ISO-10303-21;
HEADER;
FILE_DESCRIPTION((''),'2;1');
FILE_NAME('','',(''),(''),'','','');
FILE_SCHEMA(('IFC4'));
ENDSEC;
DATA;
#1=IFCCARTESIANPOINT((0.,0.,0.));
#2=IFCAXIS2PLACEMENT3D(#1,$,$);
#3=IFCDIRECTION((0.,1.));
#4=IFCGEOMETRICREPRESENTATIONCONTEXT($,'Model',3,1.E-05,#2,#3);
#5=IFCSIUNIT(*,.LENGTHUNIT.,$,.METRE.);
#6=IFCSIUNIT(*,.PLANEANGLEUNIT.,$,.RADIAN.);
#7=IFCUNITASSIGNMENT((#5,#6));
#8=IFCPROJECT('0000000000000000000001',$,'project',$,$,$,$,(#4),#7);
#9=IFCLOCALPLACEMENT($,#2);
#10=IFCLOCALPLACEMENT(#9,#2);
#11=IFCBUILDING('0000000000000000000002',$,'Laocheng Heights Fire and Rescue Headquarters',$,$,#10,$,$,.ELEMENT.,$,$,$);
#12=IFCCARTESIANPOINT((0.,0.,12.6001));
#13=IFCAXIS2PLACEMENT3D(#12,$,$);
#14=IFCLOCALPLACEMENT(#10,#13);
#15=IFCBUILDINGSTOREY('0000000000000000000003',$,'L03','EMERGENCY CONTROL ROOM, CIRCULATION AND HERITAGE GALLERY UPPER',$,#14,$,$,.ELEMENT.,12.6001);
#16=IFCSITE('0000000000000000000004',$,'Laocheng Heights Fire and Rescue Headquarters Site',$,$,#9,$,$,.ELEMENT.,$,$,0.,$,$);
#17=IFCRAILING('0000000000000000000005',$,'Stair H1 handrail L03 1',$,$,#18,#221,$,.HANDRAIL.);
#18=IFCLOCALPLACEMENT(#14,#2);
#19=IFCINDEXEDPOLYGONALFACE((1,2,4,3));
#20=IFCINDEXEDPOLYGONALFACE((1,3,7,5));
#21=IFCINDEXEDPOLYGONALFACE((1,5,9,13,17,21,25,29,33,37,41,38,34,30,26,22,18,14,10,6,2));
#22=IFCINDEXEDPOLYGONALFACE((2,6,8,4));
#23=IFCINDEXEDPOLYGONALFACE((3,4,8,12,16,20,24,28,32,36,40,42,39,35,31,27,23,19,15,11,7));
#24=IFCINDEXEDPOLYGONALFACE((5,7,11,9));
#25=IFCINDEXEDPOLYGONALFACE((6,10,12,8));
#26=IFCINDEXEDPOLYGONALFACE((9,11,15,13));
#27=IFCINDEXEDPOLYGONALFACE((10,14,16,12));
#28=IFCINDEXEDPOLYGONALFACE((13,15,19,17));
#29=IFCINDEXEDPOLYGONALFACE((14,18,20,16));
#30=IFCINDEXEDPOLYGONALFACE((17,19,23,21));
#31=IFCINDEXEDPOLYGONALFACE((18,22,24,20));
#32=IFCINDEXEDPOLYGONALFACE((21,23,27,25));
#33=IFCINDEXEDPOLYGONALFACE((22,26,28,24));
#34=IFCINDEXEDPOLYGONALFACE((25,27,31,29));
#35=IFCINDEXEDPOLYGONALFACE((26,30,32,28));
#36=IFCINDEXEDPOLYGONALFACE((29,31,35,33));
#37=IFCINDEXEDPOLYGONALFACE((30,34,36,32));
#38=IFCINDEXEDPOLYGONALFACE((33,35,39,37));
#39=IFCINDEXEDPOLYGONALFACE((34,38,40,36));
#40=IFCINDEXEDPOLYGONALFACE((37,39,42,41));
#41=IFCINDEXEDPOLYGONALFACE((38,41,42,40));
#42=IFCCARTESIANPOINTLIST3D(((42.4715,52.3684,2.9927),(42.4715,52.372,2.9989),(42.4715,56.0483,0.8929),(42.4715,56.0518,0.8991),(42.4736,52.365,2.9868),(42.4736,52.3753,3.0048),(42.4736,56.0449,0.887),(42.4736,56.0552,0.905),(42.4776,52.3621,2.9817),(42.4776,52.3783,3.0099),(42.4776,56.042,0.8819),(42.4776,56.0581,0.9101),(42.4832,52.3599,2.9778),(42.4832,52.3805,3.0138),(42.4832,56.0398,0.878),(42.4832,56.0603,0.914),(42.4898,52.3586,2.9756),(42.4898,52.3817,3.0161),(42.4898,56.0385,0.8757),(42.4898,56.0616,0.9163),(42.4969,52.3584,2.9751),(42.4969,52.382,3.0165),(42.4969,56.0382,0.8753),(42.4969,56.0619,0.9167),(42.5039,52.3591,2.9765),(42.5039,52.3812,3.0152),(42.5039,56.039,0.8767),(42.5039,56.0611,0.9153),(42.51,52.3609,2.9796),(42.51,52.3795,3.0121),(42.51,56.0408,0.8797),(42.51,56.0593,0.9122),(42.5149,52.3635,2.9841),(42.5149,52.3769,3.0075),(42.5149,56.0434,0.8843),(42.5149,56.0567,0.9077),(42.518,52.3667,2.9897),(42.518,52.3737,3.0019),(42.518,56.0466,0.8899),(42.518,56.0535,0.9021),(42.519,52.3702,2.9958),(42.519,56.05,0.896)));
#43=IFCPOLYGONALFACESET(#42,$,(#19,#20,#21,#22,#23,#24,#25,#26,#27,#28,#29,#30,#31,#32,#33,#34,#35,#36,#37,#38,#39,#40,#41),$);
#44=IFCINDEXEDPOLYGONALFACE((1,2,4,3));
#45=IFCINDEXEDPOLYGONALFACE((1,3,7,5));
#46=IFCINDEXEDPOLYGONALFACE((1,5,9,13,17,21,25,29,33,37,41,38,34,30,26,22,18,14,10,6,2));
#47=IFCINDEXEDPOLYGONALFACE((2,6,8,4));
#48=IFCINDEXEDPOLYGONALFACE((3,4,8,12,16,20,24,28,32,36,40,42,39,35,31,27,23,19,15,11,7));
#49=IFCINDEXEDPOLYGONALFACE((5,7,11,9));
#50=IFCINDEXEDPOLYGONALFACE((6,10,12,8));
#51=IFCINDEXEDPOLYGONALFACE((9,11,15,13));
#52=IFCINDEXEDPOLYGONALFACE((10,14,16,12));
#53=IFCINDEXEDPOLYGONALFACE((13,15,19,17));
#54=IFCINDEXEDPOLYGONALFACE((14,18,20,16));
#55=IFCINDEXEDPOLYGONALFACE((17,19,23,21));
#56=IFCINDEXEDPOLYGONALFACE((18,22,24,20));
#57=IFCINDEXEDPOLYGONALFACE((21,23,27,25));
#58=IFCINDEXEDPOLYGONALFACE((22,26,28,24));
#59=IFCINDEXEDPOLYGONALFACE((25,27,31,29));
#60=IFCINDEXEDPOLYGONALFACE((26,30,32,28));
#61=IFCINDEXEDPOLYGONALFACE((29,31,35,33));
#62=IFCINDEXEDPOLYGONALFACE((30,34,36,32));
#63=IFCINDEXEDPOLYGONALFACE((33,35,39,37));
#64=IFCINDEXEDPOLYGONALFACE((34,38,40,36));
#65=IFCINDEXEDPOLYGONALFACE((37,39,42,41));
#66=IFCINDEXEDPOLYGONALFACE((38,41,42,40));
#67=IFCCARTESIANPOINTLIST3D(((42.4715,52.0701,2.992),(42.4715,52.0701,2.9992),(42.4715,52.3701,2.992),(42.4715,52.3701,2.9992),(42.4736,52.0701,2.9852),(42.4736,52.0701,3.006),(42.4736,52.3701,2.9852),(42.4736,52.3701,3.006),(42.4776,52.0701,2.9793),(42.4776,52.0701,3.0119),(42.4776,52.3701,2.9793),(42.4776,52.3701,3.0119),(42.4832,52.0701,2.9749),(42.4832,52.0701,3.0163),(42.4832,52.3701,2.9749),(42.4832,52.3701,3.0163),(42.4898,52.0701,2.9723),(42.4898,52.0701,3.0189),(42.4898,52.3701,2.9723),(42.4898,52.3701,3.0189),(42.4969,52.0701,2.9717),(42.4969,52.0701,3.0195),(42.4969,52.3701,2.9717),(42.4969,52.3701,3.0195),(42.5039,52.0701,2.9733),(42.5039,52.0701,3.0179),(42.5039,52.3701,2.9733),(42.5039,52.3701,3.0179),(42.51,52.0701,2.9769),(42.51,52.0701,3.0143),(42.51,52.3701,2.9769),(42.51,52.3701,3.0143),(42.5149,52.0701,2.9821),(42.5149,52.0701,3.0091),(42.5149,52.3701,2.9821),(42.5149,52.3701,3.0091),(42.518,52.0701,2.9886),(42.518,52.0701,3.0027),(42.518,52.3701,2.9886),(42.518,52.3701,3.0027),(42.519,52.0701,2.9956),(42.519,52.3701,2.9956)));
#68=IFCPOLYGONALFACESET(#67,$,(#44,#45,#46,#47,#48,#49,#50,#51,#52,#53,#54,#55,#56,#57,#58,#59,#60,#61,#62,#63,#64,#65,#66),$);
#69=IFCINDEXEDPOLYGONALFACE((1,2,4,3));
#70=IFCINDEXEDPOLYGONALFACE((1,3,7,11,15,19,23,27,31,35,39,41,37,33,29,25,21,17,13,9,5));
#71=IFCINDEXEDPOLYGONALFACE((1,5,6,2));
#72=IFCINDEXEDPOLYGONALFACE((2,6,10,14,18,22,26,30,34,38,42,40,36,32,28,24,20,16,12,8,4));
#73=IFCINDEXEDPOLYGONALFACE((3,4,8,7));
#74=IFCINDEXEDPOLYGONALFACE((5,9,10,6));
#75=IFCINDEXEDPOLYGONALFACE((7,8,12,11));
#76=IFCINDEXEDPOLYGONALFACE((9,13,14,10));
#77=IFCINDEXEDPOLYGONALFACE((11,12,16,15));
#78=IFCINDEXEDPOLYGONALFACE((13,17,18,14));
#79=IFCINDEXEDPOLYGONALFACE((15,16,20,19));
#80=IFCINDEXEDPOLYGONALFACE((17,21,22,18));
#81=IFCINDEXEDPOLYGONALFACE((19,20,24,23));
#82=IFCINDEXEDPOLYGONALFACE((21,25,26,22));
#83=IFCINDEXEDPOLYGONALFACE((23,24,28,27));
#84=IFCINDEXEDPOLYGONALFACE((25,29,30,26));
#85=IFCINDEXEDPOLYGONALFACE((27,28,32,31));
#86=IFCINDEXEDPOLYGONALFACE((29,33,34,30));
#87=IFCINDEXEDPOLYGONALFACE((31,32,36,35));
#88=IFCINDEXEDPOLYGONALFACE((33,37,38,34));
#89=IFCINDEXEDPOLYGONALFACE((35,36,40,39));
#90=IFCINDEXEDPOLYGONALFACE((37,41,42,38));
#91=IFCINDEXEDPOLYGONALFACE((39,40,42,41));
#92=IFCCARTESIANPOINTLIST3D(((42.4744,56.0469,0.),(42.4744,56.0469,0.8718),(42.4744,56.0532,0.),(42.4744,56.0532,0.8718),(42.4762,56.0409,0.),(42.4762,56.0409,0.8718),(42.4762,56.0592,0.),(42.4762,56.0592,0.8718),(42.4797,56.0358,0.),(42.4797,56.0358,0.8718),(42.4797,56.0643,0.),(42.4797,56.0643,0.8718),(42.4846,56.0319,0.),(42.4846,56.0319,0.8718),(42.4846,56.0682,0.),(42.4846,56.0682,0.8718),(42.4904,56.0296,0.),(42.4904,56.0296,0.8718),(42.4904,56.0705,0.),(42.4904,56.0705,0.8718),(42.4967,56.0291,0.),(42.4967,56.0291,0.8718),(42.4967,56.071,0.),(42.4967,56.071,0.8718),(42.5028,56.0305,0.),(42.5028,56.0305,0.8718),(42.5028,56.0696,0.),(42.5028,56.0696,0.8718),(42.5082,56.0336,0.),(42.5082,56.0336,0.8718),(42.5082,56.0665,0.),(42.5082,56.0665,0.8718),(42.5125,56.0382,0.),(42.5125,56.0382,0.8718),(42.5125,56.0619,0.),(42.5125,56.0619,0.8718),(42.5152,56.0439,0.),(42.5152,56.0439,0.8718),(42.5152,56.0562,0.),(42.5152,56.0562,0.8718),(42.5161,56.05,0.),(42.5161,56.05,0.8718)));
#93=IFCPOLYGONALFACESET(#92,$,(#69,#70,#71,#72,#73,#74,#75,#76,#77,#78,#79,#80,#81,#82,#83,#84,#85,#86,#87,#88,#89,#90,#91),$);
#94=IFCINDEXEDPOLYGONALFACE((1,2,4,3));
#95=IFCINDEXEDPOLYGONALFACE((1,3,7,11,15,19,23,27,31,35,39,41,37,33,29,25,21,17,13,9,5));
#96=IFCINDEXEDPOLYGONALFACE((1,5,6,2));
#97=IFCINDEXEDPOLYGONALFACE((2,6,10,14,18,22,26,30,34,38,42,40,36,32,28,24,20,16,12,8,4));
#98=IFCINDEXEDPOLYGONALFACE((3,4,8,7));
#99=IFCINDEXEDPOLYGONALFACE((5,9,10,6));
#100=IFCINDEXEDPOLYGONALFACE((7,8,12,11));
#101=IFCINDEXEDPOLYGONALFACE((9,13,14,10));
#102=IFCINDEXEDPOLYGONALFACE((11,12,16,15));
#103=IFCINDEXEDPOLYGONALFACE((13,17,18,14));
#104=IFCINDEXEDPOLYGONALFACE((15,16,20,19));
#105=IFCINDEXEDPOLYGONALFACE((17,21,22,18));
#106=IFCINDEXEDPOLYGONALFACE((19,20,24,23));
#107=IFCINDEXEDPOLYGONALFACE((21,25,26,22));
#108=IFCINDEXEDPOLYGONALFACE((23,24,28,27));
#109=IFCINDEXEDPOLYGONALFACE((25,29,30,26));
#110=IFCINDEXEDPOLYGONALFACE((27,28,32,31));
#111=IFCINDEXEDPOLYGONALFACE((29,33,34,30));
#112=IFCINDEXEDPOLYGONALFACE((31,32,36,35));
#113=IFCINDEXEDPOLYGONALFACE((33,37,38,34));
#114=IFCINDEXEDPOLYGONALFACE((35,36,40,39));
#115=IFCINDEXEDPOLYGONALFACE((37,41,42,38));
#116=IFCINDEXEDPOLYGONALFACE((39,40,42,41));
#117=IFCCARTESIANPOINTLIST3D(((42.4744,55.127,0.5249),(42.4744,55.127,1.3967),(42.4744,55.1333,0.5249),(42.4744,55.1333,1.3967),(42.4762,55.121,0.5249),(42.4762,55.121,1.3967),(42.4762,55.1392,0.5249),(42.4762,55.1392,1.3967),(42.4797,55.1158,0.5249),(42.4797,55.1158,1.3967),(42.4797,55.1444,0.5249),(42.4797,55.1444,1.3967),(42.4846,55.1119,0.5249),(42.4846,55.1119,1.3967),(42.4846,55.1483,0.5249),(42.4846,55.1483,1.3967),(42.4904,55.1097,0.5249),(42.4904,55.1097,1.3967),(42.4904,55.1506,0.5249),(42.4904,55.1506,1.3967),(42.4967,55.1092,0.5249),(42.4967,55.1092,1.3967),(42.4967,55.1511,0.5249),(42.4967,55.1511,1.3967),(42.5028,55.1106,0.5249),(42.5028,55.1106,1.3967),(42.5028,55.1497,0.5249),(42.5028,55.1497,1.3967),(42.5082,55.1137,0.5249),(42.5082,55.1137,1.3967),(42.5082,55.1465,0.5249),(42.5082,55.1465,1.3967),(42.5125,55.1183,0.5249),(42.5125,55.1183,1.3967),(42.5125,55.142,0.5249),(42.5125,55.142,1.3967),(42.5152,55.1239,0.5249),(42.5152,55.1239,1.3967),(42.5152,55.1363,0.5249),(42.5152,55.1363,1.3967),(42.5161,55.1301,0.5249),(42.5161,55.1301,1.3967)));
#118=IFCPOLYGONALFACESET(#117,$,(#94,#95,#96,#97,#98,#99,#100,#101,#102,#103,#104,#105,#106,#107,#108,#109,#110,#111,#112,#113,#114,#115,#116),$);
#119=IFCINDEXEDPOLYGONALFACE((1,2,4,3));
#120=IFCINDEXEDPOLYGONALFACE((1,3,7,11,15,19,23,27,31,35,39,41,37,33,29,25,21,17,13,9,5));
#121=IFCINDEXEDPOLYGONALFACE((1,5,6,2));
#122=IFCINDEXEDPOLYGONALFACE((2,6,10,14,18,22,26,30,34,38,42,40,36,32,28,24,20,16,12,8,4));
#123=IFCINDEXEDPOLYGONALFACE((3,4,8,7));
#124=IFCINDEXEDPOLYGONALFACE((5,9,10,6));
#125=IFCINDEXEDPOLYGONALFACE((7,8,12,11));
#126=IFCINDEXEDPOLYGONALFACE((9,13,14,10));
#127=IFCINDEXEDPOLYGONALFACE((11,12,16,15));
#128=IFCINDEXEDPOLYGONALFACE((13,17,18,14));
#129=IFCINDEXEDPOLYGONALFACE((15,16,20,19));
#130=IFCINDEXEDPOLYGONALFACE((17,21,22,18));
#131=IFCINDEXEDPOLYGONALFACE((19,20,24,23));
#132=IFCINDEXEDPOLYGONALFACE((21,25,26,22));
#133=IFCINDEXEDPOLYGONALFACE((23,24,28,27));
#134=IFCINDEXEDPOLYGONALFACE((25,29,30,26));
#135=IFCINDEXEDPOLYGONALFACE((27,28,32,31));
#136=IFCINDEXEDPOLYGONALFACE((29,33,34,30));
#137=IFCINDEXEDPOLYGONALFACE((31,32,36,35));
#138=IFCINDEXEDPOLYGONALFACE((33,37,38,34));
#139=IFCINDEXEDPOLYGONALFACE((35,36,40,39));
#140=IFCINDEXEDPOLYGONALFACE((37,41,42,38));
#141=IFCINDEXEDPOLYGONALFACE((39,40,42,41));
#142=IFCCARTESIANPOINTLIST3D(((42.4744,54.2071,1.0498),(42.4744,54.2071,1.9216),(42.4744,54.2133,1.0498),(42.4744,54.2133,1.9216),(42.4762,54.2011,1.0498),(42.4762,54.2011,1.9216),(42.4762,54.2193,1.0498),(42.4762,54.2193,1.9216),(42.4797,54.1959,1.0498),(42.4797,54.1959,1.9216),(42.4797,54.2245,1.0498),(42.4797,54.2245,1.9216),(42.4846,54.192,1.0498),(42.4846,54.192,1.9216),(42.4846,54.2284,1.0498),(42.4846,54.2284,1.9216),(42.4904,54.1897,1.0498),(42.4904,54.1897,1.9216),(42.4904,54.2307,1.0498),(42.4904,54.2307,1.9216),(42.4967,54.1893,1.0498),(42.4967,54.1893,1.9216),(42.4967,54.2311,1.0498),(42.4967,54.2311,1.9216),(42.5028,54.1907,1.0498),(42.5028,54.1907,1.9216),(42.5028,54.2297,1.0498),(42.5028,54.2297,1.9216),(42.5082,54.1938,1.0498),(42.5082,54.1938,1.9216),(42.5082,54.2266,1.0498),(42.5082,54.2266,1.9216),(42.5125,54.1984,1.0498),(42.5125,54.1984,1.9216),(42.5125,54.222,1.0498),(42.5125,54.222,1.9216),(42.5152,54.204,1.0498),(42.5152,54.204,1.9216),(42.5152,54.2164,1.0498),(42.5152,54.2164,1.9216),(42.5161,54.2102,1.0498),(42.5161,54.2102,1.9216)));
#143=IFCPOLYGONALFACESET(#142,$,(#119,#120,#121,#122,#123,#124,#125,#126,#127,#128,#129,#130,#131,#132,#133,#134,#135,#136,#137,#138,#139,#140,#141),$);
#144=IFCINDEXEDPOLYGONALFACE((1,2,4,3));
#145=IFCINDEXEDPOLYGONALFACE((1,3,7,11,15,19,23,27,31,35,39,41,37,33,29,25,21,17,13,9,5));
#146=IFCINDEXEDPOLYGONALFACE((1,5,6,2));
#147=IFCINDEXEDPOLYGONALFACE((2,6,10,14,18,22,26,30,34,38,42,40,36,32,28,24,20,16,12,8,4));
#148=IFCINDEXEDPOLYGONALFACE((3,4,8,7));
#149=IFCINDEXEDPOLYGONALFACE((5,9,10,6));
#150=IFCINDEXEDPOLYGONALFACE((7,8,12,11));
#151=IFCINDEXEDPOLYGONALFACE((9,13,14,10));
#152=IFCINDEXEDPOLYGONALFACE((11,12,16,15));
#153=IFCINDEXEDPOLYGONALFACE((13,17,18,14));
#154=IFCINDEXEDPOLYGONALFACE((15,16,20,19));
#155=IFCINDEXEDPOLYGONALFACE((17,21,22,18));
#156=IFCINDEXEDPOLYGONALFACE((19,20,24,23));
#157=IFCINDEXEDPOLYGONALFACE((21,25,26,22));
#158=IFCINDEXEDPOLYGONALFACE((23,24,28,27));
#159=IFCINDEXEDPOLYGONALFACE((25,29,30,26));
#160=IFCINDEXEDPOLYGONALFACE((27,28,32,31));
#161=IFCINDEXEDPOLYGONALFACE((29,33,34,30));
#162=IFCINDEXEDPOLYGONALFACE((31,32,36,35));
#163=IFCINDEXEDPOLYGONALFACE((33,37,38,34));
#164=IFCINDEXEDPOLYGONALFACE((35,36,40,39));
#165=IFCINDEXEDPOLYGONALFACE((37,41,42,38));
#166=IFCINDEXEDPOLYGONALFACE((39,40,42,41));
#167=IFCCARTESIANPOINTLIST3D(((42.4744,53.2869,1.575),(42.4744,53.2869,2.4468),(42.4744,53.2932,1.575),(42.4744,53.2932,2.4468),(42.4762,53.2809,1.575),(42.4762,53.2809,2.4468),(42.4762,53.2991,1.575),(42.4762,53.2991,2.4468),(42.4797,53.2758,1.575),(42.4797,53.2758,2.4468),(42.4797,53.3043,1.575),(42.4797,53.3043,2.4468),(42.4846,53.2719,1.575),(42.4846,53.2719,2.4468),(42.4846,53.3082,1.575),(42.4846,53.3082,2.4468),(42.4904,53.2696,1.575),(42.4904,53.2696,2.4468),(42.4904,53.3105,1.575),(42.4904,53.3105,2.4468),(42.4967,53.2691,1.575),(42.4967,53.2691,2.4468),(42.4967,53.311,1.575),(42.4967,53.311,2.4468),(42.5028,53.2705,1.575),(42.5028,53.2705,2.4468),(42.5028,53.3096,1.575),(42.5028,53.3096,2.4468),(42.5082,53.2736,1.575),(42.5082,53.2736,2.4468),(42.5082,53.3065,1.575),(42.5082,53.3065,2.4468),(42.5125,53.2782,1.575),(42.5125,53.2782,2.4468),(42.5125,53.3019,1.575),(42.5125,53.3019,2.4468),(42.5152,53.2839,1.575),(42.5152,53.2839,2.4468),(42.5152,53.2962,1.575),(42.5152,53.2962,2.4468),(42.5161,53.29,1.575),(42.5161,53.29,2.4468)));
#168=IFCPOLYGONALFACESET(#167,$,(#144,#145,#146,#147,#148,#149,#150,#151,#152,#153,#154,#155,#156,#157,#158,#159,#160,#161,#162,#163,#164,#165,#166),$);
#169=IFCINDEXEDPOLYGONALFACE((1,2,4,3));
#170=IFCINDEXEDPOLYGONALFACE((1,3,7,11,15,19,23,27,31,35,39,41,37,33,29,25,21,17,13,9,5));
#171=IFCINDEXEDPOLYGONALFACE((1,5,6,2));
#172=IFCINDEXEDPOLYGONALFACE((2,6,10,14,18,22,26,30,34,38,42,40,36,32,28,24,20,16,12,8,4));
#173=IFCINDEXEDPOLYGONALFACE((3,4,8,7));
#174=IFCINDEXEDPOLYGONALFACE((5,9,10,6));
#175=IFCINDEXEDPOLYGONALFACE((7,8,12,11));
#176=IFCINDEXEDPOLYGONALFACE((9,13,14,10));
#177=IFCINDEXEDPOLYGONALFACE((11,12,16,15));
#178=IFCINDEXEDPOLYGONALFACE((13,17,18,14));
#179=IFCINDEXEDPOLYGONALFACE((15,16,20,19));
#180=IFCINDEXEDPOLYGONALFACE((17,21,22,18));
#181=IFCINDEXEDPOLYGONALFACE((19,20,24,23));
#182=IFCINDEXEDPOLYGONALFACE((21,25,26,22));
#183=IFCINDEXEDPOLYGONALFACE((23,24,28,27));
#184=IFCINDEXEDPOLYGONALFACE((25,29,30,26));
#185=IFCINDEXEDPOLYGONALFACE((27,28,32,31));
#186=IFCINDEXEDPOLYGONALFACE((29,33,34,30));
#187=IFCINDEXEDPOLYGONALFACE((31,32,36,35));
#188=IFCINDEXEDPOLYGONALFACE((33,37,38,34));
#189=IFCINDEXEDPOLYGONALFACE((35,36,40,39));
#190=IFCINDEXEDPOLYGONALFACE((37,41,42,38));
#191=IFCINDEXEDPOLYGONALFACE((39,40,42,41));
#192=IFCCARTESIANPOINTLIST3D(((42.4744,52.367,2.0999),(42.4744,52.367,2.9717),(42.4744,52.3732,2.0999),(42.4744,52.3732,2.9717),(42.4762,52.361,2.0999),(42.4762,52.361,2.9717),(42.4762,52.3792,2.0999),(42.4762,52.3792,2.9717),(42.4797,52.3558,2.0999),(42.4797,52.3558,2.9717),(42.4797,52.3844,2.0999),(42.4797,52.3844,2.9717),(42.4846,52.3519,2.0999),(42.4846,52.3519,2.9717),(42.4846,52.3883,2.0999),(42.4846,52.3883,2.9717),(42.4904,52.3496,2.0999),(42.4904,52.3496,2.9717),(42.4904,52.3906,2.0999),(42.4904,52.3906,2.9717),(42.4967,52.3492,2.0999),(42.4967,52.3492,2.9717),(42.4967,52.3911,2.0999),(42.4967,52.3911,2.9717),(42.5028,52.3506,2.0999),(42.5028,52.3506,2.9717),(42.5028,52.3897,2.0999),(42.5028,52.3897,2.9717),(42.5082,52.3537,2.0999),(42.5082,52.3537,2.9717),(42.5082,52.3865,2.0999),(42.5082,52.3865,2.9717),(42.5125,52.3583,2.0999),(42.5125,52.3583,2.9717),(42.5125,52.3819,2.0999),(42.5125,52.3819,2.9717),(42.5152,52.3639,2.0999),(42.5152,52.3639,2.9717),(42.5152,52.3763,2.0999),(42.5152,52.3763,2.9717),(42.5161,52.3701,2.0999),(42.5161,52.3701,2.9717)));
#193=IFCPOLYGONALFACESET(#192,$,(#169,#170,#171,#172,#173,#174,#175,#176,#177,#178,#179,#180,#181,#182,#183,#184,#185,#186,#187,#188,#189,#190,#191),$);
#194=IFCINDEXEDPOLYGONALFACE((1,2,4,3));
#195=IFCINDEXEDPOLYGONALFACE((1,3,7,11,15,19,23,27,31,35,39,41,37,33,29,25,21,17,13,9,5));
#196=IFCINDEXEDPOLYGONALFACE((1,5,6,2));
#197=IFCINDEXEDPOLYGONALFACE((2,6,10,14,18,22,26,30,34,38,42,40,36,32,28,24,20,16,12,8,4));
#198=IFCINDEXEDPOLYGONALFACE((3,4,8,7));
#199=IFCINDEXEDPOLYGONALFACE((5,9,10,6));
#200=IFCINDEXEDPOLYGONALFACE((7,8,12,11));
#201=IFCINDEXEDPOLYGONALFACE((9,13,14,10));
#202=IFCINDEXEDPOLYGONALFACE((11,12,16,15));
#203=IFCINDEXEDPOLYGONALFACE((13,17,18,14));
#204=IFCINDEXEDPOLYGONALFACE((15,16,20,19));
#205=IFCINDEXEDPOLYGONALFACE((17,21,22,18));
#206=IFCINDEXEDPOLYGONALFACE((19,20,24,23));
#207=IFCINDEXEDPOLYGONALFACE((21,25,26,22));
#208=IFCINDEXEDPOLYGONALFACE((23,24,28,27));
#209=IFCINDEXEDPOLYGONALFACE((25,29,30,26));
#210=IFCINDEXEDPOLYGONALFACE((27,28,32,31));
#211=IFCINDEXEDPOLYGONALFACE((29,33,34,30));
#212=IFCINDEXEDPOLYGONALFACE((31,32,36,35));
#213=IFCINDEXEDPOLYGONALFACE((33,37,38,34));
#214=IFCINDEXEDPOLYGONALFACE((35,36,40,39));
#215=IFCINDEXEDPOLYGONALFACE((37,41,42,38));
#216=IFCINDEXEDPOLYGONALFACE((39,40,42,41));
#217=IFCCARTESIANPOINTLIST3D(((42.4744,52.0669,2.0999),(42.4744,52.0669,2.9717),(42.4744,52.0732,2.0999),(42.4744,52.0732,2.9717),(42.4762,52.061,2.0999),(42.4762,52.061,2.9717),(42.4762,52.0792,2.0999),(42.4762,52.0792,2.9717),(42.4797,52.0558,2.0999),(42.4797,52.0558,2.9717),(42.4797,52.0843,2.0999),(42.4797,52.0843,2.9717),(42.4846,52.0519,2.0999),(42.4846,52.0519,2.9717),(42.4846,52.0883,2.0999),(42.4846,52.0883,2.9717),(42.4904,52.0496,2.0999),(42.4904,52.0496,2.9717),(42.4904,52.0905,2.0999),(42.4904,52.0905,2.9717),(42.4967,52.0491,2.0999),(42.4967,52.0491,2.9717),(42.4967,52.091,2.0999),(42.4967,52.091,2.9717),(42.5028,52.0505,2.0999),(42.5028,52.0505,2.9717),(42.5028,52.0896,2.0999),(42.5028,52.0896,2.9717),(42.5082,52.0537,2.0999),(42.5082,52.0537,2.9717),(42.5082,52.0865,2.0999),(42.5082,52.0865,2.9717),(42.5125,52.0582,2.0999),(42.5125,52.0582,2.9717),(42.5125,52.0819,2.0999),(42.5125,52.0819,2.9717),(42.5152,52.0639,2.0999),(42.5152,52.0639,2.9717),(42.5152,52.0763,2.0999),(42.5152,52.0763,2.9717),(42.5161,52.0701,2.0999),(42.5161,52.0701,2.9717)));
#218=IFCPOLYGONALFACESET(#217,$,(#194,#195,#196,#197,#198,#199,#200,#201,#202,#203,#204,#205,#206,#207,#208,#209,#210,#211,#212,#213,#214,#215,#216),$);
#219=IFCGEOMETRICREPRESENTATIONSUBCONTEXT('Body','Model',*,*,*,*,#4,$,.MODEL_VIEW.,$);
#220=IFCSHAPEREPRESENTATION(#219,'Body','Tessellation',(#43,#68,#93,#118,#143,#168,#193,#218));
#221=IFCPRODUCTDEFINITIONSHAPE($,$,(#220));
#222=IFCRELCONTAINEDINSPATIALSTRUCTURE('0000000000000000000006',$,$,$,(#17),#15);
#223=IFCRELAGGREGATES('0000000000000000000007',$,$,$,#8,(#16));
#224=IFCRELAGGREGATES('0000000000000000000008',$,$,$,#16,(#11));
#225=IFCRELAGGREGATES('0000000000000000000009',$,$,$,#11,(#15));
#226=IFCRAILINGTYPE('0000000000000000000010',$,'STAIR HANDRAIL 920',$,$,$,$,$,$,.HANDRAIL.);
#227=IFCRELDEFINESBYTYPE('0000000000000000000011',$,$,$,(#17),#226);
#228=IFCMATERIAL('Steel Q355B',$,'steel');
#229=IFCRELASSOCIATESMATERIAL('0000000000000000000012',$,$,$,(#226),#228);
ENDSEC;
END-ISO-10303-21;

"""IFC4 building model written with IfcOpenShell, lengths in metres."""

from ifc_helpers import new_model, si_unit, direction, frame, origin, origin_2d, place, context, subcontext, project, spatial, circle, extrude, material, type_object, element, save


model = new_model("IFC4")

# Units and contexts
model_context = context("Model", 3, precision=1e-05, world=origin(), true_north=direction((0.0, 1.0)))
body_context = subcontext(model_context, "Body", "Model", "MODEL_VIEW")
ifc_project = project(units=[si_unit("LENGTHUNIT", "METRE"), si_unit("PLANEANGLEUNIT", "RADIAN")], contexts=[model_context])

# Site, building, storey
site_placement = place(None, origin())
site = spatial("IfcSite", under=ifc_project, at=site_placement, Name="Laocheng Heights Fire and Rescue Headquarters Site", CompositionType="ELEMENT", RefElevation=0.0)
building_placement = place(site_placement, origin())
building = spatial("IfcBuilding", under=site, at=building_placement, Name="Laocheng Heights Fire and Rescue Headquarters", CompositionType="ELEMENT")
storey_placement = place(building_placement, frame((0.0, 0.0, 12.6001)))
storey = spatial("IfcBuildingStorey", under=building, at=storey_placement, Name="L03", Description="EMERGENCY CONTROL ROOM, CIRCULATION AND HERITAGE GALLERY UPPER", CompositionType="ELEMENT", Elevation=12.6001)

# Railing
ifc_material_1 = material(Name="Steel Q355B", Category="steel")
railing_type = type_object("IfcRailingType", Name="STAIR HANDRAIL 920", PredefinedType="HANDRAIL", material=ifc_material_1)
railing_placement = place(storey_placement, frame((42.4951, 56.05, 0.0)))
element("IfcRailing", 1, at=railing_placement, inside=storey, type_object=railing_type, Name="Stair H1 handrail L03 1", PredefinedType="HANDRAIL", context=body_context, shape_type="SweptSolid", body=[
    extrude(circle(Radius=0.0239, at=origin_2d()), frame((0.0, 0.0, 0.896), z_axis=(0.0, -0.868544, 0.495611), x_axis=(1.0, 0.0, 0.0)), (0.0, 0.0, 1.0), 4.2368),
    extrude(circle(Radius=0.0239, at=origin_2d()), frame((0.0, -3.6799, 2.9956), z_axis=(0.0, -1.0, 0.0), x_axis=(1.0, 0.0, 0.0)), (0.0, 0.0, 1.0), 0.3),
    extrude(circle(Radius=0.021, at=origin_2d()), origin(), (0.0, 0.0, 1.0), 0.8718),
    extrude(circle(Radius=0.021, at=origin_2d()), frame((0.0, -0.9199, 0.5249)), (0.0, 0.0, 1.0), 0.8718),
    extrude(circle(Radius=0.021, at=origin_2d()), frame((0.0, -1.8398, 1.0498)), (0.0, 0.0, 1.0), 0.8718),
    extrude(circle(Radius=0.021, at=origin_2d()), frame((0.0, -2.76, 1.575)), (0.0, 0.0, 1.0), 0.8718),
    extrude(circle(Radius=0.021, at=origin_2d()), frame((0.0, -3.6799, 2.0999)), (0.0, 0.0, 1.0), 0.8718),
    extrude(circle(Radius=0.021, at=origin_2d()), frame((0.0, -3.98, 2.0999)), (0.0, 0.0, 1.0), 0.8718),
])

save(model, "model.ifc")
